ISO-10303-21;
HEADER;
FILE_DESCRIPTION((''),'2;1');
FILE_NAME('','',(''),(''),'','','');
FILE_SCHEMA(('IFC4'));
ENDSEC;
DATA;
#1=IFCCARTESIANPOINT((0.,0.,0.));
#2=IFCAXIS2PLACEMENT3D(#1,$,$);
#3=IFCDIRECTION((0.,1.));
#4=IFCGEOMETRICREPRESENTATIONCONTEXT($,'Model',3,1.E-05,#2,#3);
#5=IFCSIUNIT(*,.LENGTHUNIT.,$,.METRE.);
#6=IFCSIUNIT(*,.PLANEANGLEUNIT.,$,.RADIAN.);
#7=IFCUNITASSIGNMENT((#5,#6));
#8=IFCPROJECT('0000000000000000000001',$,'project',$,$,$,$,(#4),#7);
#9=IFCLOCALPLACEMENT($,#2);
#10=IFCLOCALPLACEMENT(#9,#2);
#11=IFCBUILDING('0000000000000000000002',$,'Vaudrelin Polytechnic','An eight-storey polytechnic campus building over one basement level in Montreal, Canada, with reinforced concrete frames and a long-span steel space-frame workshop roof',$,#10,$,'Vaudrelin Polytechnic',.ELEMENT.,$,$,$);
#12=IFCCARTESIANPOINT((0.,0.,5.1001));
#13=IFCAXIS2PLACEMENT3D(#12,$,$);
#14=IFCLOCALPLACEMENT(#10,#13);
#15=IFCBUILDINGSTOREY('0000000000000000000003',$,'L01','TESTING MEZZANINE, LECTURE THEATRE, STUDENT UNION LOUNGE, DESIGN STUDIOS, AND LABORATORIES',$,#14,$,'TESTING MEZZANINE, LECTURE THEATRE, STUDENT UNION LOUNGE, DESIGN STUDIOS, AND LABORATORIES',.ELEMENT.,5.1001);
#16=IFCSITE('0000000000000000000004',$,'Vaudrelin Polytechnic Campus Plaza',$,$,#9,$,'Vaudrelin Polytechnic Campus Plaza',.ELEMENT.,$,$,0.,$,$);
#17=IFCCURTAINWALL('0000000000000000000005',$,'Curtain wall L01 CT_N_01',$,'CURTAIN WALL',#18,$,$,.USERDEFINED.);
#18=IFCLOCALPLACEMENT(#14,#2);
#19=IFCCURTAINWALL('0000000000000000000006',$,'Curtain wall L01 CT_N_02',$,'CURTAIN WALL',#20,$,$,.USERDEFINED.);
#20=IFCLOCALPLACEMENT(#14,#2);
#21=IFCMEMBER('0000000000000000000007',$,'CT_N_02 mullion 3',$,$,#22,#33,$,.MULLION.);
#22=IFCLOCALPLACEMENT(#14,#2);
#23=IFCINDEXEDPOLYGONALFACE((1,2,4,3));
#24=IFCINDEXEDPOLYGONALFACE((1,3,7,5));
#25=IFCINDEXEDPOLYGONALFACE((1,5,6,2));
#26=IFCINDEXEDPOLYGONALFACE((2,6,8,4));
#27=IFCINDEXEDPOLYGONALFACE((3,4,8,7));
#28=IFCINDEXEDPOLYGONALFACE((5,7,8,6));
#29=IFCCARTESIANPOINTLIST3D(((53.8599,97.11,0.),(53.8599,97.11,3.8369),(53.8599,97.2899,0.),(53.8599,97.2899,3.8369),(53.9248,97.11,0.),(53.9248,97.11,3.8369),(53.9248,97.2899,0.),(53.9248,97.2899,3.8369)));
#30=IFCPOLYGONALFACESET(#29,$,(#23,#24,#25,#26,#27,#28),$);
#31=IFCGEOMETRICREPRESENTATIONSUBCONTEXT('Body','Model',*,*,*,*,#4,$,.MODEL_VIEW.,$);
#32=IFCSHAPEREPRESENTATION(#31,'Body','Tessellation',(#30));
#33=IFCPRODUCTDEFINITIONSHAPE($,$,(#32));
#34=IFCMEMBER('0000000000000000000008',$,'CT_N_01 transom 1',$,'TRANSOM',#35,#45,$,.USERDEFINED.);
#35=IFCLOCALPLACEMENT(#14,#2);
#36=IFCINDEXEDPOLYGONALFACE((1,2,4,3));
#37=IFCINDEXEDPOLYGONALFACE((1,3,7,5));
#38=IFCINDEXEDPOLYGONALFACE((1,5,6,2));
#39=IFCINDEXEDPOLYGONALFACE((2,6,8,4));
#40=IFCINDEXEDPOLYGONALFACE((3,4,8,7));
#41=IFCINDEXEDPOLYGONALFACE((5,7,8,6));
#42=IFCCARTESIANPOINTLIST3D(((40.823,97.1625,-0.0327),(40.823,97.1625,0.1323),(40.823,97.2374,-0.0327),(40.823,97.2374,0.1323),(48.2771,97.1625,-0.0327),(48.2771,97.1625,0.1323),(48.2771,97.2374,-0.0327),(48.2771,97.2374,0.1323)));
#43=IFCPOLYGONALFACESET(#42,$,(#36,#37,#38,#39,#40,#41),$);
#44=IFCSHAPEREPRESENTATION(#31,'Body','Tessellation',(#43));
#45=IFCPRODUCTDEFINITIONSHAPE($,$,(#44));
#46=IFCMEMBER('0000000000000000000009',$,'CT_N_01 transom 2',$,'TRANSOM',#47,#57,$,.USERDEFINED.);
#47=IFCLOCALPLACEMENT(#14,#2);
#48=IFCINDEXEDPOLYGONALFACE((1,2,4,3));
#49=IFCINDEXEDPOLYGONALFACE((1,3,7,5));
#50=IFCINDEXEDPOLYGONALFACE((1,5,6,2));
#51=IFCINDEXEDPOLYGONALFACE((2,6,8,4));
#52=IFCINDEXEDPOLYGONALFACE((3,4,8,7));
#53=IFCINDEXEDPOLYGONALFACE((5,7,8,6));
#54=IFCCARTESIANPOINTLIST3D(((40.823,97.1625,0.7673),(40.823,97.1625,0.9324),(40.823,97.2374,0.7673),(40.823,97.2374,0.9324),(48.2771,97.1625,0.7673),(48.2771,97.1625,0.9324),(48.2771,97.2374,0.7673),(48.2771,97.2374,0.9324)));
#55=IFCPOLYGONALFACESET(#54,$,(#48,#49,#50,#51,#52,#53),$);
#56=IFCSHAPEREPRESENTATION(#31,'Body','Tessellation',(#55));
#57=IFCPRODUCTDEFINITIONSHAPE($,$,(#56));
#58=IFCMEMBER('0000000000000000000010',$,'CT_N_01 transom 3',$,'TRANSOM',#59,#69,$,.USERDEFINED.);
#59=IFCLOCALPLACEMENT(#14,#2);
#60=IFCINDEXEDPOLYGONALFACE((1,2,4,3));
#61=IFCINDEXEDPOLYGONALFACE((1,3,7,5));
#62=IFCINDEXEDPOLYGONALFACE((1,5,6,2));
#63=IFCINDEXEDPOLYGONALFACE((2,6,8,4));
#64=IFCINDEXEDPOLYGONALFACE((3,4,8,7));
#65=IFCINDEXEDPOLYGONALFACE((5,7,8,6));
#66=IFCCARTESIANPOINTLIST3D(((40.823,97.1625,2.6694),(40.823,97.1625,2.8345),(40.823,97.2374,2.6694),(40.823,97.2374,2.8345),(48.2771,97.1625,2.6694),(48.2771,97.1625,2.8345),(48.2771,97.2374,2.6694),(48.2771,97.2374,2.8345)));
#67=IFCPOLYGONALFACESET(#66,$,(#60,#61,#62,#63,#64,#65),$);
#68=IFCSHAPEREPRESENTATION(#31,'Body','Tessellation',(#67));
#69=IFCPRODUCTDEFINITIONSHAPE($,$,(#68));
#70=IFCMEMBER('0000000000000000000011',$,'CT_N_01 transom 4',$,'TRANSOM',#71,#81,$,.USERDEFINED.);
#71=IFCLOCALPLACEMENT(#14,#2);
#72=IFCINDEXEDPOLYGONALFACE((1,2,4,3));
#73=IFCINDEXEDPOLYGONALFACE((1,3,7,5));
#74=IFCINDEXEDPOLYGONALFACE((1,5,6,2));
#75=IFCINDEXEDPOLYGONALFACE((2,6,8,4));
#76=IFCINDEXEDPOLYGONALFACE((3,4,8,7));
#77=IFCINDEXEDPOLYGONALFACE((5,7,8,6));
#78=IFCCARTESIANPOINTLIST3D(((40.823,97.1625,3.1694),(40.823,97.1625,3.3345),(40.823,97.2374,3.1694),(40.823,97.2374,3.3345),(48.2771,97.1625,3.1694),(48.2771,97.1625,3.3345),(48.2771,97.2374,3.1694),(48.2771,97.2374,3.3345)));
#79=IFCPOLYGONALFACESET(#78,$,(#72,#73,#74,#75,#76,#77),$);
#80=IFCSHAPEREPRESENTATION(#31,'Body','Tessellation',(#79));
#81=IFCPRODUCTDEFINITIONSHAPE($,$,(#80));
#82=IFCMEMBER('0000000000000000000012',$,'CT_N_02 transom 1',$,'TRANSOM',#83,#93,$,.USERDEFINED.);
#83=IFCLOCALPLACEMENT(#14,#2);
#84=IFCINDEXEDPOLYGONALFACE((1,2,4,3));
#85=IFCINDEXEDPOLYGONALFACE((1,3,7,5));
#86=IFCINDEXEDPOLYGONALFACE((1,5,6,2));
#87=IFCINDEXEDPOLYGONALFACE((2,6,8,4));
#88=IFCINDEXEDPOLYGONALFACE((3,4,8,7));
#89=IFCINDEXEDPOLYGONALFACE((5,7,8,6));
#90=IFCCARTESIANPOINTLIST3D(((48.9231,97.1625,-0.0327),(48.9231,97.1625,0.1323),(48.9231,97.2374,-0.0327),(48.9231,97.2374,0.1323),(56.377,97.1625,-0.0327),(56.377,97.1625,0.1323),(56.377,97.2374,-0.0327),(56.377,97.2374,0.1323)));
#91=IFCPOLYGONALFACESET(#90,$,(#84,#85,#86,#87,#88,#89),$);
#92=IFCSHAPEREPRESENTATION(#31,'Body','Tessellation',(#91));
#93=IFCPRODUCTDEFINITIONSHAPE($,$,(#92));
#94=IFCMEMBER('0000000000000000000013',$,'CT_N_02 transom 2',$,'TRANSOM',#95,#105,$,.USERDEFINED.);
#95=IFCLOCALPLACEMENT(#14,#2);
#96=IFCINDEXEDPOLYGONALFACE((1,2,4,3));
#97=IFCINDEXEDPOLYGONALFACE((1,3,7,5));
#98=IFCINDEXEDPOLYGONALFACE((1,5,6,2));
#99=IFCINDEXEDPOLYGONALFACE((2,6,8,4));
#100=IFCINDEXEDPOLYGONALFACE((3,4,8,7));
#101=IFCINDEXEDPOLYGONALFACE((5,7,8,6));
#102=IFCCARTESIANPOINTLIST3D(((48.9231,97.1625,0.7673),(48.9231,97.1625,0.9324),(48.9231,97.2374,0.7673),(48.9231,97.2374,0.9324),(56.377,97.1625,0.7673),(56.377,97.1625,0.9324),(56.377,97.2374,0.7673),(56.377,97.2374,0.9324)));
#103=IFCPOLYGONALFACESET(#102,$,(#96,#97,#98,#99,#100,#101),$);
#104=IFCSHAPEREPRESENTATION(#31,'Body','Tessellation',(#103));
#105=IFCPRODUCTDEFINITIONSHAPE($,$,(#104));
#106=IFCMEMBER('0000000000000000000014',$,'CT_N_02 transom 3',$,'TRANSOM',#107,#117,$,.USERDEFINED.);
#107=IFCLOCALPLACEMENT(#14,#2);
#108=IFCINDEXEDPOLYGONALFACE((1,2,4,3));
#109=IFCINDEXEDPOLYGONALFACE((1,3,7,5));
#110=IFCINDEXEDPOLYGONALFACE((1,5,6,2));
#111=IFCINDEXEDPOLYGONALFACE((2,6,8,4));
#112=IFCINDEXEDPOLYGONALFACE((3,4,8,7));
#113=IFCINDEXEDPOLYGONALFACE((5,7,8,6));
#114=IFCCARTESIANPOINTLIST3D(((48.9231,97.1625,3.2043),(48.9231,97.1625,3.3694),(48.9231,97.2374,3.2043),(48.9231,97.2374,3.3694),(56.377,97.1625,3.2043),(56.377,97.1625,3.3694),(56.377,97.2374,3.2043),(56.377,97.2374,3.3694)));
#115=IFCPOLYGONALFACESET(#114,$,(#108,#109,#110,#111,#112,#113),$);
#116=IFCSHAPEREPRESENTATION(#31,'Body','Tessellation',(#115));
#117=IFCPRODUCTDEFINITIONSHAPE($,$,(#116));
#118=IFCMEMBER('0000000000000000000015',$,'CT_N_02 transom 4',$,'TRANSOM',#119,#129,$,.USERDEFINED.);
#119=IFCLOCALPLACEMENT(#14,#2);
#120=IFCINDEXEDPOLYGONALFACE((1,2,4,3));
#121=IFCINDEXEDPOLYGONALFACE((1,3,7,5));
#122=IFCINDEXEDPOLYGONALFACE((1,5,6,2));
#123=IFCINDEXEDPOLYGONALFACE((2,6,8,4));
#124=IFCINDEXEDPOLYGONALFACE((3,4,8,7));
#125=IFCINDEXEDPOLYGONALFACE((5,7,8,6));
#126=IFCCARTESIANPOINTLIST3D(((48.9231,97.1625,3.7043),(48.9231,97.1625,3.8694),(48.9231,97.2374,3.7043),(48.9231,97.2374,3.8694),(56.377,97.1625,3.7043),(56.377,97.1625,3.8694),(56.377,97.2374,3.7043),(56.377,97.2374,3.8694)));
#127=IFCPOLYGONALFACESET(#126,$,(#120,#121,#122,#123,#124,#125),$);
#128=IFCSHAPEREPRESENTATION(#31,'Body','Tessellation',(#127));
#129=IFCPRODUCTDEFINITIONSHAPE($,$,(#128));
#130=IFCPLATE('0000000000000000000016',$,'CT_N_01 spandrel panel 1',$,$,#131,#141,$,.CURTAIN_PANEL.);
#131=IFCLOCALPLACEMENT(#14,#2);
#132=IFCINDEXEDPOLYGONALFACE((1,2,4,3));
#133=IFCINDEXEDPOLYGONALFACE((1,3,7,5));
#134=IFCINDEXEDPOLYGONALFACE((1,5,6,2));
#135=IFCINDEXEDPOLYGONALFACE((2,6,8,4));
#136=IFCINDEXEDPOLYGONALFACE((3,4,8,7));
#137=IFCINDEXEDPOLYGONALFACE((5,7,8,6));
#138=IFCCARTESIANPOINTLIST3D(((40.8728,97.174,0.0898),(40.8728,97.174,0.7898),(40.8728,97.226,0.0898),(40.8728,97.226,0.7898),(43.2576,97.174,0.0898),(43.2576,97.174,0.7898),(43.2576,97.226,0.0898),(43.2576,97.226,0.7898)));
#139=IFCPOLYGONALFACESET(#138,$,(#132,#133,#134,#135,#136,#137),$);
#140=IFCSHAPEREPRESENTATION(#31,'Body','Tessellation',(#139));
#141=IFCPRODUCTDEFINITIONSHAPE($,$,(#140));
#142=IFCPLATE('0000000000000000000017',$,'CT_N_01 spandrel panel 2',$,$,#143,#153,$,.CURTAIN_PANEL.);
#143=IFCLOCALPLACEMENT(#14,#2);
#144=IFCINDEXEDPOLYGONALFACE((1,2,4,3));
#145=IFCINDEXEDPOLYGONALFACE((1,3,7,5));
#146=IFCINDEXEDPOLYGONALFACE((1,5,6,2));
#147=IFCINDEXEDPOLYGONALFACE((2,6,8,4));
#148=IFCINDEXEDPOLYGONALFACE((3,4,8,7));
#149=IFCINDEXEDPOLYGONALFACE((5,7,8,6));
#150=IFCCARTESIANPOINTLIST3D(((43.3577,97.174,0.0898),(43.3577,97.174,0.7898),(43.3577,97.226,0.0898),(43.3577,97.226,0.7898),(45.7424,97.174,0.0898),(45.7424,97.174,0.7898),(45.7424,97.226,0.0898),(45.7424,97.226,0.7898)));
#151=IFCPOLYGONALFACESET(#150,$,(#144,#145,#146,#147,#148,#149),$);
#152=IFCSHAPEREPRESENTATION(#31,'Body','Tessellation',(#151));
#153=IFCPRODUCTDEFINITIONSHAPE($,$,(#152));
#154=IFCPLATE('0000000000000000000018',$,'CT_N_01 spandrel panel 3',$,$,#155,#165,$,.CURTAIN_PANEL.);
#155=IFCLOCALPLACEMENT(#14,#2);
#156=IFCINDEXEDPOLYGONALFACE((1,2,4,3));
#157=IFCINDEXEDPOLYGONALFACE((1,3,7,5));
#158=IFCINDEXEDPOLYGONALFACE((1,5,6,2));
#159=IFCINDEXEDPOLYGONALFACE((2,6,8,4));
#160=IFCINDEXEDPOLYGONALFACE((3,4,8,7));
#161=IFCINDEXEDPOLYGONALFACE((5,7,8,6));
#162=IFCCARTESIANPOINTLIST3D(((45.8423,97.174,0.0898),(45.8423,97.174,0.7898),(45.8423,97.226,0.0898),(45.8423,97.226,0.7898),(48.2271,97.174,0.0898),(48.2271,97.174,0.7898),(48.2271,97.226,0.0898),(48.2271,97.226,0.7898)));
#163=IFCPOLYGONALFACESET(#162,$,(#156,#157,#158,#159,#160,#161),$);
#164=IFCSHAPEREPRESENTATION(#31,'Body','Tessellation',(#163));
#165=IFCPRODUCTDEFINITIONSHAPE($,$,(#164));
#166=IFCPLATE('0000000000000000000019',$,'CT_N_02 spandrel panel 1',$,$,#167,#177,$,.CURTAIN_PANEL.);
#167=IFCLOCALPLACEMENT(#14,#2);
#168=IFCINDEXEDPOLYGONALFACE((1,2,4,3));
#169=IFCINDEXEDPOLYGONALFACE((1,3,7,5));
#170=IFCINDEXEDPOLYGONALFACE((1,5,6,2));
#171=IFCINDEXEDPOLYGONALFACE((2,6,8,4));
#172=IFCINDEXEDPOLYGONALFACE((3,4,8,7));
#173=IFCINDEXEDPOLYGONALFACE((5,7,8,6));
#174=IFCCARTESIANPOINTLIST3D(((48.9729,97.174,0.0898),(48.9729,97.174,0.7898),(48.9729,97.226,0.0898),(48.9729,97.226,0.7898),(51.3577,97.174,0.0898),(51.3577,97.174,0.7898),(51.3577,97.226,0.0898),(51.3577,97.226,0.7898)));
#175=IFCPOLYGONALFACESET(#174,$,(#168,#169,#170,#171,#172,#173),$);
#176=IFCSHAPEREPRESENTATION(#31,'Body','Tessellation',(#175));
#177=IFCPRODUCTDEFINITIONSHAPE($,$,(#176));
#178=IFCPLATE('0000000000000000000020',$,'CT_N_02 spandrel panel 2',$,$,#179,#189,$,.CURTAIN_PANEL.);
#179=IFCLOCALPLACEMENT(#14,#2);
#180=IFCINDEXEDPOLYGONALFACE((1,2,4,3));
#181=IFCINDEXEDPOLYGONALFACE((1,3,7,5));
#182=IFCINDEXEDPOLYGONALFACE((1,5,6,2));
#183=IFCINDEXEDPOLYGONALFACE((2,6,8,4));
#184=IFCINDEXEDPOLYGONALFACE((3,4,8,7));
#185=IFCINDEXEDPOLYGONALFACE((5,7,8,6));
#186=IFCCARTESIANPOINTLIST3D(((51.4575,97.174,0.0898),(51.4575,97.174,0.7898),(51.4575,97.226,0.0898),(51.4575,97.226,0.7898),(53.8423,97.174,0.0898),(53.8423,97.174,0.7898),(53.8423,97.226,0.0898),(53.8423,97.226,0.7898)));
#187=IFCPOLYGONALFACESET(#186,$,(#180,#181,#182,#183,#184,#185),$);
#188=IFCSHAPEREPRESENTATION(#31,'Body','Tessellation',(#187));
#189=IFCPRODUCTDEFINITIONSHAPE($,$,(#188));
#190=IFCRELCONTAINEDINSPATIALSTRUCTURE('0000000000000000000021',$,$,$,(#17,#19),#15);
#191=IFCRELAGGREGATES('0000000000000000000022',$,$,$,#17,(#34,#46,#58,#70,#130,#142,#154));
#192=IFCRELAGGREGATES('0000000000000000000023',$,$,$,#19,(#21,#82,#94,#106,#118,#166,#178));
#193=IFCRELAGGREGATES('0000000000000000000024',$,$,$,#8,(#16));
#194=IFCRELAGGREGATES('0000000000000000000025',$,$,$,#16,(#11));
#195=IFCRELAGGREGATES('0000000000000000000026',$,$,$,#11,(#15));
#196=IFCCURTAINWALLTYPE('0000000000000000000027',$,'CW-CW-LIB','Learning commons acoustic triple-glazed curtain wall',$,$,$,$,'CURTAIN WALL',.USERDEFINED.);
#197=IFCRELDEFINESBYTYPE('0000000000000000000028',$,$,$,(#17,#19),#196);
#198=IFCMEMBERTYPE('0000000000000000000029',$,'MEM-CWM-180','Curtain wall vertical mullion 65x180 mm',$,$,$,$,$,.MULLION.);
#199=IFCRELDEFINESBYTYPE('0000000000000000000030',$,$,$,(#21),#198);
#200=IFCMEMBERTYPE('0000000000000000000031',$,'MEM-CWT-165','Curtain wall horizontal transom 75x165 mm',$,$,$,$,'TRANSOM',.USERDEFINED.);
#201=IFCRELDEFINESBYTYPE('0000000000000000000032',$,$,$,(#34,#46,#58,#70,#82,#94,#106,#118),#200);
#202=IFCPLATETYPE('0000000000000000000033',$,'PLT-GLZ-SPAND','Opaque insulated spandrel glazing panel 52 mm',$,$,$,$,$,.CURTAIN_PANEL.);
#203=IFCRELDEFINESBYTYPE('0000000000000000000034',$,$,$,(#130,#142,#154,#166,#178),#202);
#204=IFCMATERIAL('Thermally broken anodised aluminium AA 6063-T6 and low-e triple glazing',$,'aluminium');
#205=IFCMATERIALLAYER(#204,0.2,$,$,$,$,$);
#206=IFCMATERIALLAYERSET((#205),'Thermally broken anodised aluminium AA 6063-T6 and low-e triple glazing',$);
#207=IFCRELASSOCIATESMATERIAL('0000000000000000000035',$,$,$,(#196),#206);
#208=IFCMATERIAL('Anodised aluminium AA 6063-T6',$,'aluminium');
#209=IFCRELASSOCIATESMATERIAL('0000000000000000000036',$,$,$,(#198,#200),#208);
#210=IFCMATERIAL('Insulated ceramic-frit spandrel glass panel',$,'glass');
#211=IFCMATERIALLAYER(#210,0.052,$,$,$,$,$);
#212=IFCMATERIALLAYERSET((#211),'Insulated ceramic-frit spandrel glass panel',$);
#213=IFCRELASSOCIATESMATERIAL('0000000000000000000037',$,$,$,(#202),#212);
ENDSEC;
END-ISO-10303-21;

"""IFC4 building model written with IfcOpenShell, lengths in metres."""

from ifc_helpers import new_model, si_unit, direction, frame, origin, origin_2d, place, context, subcontext, project, spatial, rectangle, extrude, material, layer, layer_set, material_profile, profile_set, type_object, element, aggregate, save


model = new_model("IFC4")

# Units and contexts
model_context = context("Model", 3, precision=1e-05, world=origin(), true_north=direction((0.0, 1.0)))
body_context = subcontext(model_context, "Body", "Model", "MODEL_VIEW")
ifc_project = project(units=[si_unit("LENGTHUNIT", "METRE"), si_unit("PLANEANGLEUNIT", "RADIAN")], contexts=[model_context])

# Site, building, storey
site_placement = place(None, origin())
site = spatial("IfcSite", under=ifc_project, at=site_placement, Name="Vaudrelin Polytechnic Campus Plaza", LongName="Vaudrelin Polytechnic Campus Plaza", CompositionType="ELEMENT", RefElevation=0.0)
building_placement = place(site_placement, origin())
building = spatial("IfcBuilding", under=site, at=building_placement, Name="Vaudrelin Polytechnic", Description="An eight-storey polytechnic campus building over one basement level in Montreal, Canada, with reinforced concrete frames and a long-span steel space-frame workshop roof", LongName="Vaudrelin Polytechnic", CompositionType="ELEMENT")
storey_placement = place(building_placement, frame((0.0, 0.0, 5.1001)))
storey = spatial("IfcBuildingStorey", under=building, at=storey_placement, Name="L01", Description="TESTING MEZZANINE, LECTURE THEATRE, STUDENT UNION LOUNGE, DESIGN STUDIOS, AND LABORATORIES", LongName="TESTING MEZZANINE, LECTURE THEATRE, STUDENT UNION LOUNGE, DESIGN STUDIOS, AND LABORATORIES", CompositionType="ELEMENT", Elevation=5.1001)

# Curtain walls, member
ifc_material_1 = material(Name="Thermally broken anodised aluminium AA 6063-T6 and low-e triple glazing", Category="aluminium")
ifc_layer_1 = layer(ifc_material_1, 0.2)
ifc_layer_set_1 = layer_set([ifc_layer_1], Name="Thermally broken anodised aluminium AA 6063-T6 and low-e triple glazing")
curtain_wall_type = type_object("IfcCurtainWallType", Name="CW-CW-LIB", Description="Learning commons acoustic triple-glazed curtain wall", ElementType="CURTAIN WALL", PredefinedType="USERDEFINED", material=ifc_layer_set_1)
curtain_wall_1_placement = place(storey_placement, origin())
curtain_wall_1 = element("IfcCurtainWall", 1, at=curtain_wall_1_placement, inside=storey, type_object=curtain_wall_type, Name="Curtain wall L01 CT_N_01", ObjectType="CURTAIN WALL", PredefinedType="USERDEFINED")
ifc_material_2 = material(Name="Anodised aluminium AA 6063-T6", Category="aluminium")
ifc_material_profile_1 = material_profile(ifc_material_2, rectangle(XDim=0.0649, YDim=0.1799, at=origin_2d()), Name="CWM-65x180")
ifc_profile_set_1 = profile_set([ifc_material_profile_1], Name="Anodised aluminium AA 6063-T6")
member_type_1 = type_object("IfcMemberType", Name="MEM-CWM-180", Description="Curtain wall vertical mullion 65x180 mm", PredefinedType="MULLION", material=ifc_profile_set_1)
curtain_wall_2_placement = place(storey_placement, origin())
curtain_wall_2 = element("IfcCurtainWall", 2, at=curtain_wall_2_placement, inside=storey, type_object=curtain_wall_type, Name="Curtain wall L01 CT_N_02", ObjectType="CURTAIN WALL", PredefinedType="USERDEFINED")
member_1_placement = place(storey_placement, frame((53.8923, 97.2, 0.0), z_axis=(0.0, 0.0, 1.0), x_axis=(1.0, 0.0, 0.0)))
member_1 = element("IfcMember", 3, at=member_1_placement, type_object=member_type_1, Name="CT_N_02 mullion 3", PredefinedType="MULLION", context=body_context, shape_type="SweptSolid", body=[
    extrude(rectangle(XDim=0.0649, YDim=0.1799, at=origin_2d()), origin(), (0.0, 0.0, 1.0), 3.8369),
])

# Members
ifc_material_profile_2 = material_profile(ifc_material_2, rectangle(XDim=0.075, YDim=0.165, at=origin_2d()), Name="CWT-75x165")
ifc_profile_set_2 = profile_set([ifc_material_profile_2], Name="Anodised aluminium AA 6063-T6")
member_type_2 = type_object("IfcMemberType", Name="MEM-CWT-165", Description="Curtain wall horizontal transom 75x165 mm", ElementType="TRANSOM", PredefinedType="USERDEFINED", material=ifc_profile_set_2)
member_2_placement = place(storey_placement, frame((40.823, 97.2, 0.0498), z_axis=(1.0, 0.0, 0.0), x_axis=(0.0, 1.0, 0.0)))
member_2 = element("IfcMember", 4, at=member_2_placement, type_object=member_type_2, Name="CT_N_01 transom 1", ObjectType="TRANSOM", PredefinedType="USERDEFINED", context=body_context, shape_type="SweptSolid", body=[
    extrude(rectangle(XDim=0.075, YDim=0.165, at=origin_2d()), origin(), (0.0, 0.0, 1.0), 7.4541),
])
member_3_placement = place(storey_placement, frame((40.823, 97.2, 0.8499), z_axis=(1.0, 0.0, 0.0), x_axis=(0.0, 1.0, 0.0)))
member_3 = element("IfcMember", 5, at=member_3_placement, type_object=member_type_2, Name="CT_N_01 transom 2", ObjectType="TRANSOM", PredefinedType="USERDEFINED", context=body_context, shape_type="SweptSolid", body=[
    extrude(rectangle(XDim=0.075, YDim=0.165, at=origin_2d()), origin(), (0.0, 0.0, 1.0), 7.4541),
])
member_4_placement = place(storey_placement, frame((40.823, 97.2, 2.752), z_axis=(1.0, 0.0, 0.0), x_axis=(0.0, 1.0, 0.0)))
member_4 = element("IfcMember", 6, at=member_4_placement, type_object=member_type_2, Name="CT_N_01 transom 3", ObjectType="TRANSOM", PredefinedType="USERDEFINED", context=body_context, shape_type="SweptSolid", body=[
    extrude(rectangle(XDim=0.075, YDim=0.165, at=origin_2d()), origin(), (0.0, 0.0, 1.0), 7.4541),
])
member_5_placement = place(storey_placement, frame((40.823, 97.2, 3.252), z_axis=(1.0, 0.0, 0.0), x_axis=(0.0, 1.0, 0.0)))
member_5 = element("IfcMember", 7, at=member_5_placement, type_object=member_type_2, Name="CT_N_01 transom 4", ObjectType="TRANSOM", PredefinedType="USERDEFINED", context=body_context, shape_type="SweptSolid", body=[
    extrude(rectangle(XDim=0.075, YDim=0.165, at=origin_2d()), origin(), (0.0, 0.0, 1.0), 7.4541),
])
member_6_placement = place(storey_placement, frame((48.9231, 97.2, 0.0498), z_axis=(1.0, 0.0, 0.0), x_axis=(0.0, 1.0, 0.0)))
member_6 = element("IfcMember", 8, at=member_6_placement, type_object=member_type_2, Name="CT_N_02 transom 1", ObjectType="TRANSOM", PredefinedType="USERDEFINED", context=body_context, shape_type="SweptSolid", body=[
    extrude(rectangle(XDim=0.075, YDim=0.165, at=origin_2d()), origin(), (0.0, 0.0, 1.0), 7.4539),
])
member_7_placement = place(storey_placement, frame((48.9231, 97.2, 0.8499), z_axis=(1.0, 0.0, 0.0), x_axis=(0.0, 1.0, 0.0)))
member_7 = element("IfcMember", 9, at=member_7_placement, type_object=member_type_2, Name="CT_N_02 transom 2", ObjectType="TRANSOM", PredefinedType="USERDEFINED", context=body_context, shape_type="SweptSolid", body=[
    extrude(rectangle(XDim=0.075, YDim=0.165, at=origin_2d()), origin(), (0.0, 0.0, 1.0), 7.4539),
])
member_8_placement = place(storey_placement, frame((48.9231, 97.2, 3.2869), z_axis=(1.0, 0.0, 0.0), x_axis=(0.0, 1.0, 0.0)))
member_8 = element("IfcMember", 10, at=member_8_placement, type_object=member_type_2, Name="CT_N_02 transom 3", ObjectType="TRANSOM", PredefinedType="USERDEFINED", context=body_context, shape_type="SweptSolid", body=[
    extrude(rectangle(XDim=0.075, YDim=0.165, at=origin_2d()), origin(), (0.0, 0.0, 1.0), 7.4539),
])
member_9_placement = place(storey_placement, frame((48.9231, 97.2, 3.7869), z_axis=(1.0, 0.0, 0.0), x_axis=(0.0, 1.0, 0.0)))
member_9 = element("IfcMember", 11, at=member_9_placement, type_object=member_type_2, Name="CT_N_02 transom 4", ObjectType="TRANSOM", PredefinedType="USERDEFINED", context=body_context, shape_type="SweptSolid", body=[
    extrude(rectangle(XDim=0.075, YDim=0.165, at=origin_2d()), origin(), (0.0, 0.0, 1.0), 7.4539),
])

# Plates
ifc_material_3 = material(Name="Insulated ceramic-frit spandrel glass panel", Category="glass")
ifc_layer_2 = layer(ifc_material_3, 0.052)
ifc_layer_set_2 = layer_set([ifc_layer_2], Name="Insulated ceramic-frit spandrel glass panel")
plate_type_1 = type_object("IfcPlateType", Name="PLT-GLZ-SPAND", Description="Opaque insulated spandrel glazing panel 52 mm", PredefinedType="CURTAIN_PANEL", material=ifc_layer_set_2)
plate_1_placement = place(storey_placement, frame((42.0652, 97.2, 0.0898), z_axis=(0.0, 0.0, 1.0), x_axis=(1.0, 0.0, 0.0)))
plate_1 = element("IfcPlate", 12, at=plate_1_placement, type_object=plate_type_1, Name="CT_N_01 spandrel panel 1", PredefinedType="CURTAIN_PANEL", context=body_context, shape_type="SweptSolid", body=[
    extrude(rectangle(XDim=2.3848, YDim=0.052, at=origin_2d()), origin(), (0.0, 0.0, 1.0), 0.7),
])
plate_2_placement = place(storey_placement, frame((44.55, 97.2, 0.0898), z_axis=(0.0, 0.0, 1.0), x_axis=(1.0, 0.0, 0.0)))
plate_2 = element("IfcPlate", 13, at=plate_2_placement, type_object=plate_type_1, Name="CT_N_01 spandrel panel 2", PredefinedType="CURTAIN_PANEL", context=body_context, shape_type="SweptSolid", body=[
    extrude(rectangle(XDim=2.3848, YDim=0.052, at=origin_2d()), origin(), (0.0, 0.0, 1.0), 0.7),
])
plate_3_placement = place(storey_placement, frame((47.0347, 97.2, 0.0898), z_axis=(0.0, 0.0, 1.0), x_axis=(1.0, 0.0, 0.0)))
plate_3 = element("IfcPlate", 14, at=plate_3_placement, type_object=plate_type_1, Name="CT_N_01 spandrel panel 3", PredefinedType="CURTAIN_PANEL", context=body_context, shape_type="SweptSolid", body=[
    extrude(rectangle(XDim=2.3848, YDim=0.052, at=origin_2d()), origin(), (0.0, 0.0, 1.0), 0.7),
])
plate_4_placement = place(storey_placement, frame((50.1653, 97.2, 0.0898), z_axis=(0.0, 0.0, 1.0), x_axis=(1.0, 0.0, 0.0)))
plate_4 = element("IfcPlate", 15, at=plate_4_placement, type_object=plate_type_1, Name="CT_N_02 spandrel panel 1", PredefinedType="CURTAIN_PANEL", context=body_context, shape_type="SweptSolid", body=[
    extrude(rectangle(XDim=2.3848, YDim=0.052, at=origin_2d()), origin(), (0.0, 0.0, 1.0), 0.7),
])
plate_5_placement = place(storey_placement, frame((52.6499, 97.2, 0.0898), z_axis=(0.0, 0.0, 1.0), x_axis=(1.0, 0.0, 0.0)))
plate_5 = element("IfcPlate", 16, at=plate_5_placement, type_object=plate_type_1, Name="CT_N_02 spandrel panel 2", PredefinedType="CURTAIN_PANEL", context=body_context, shape_type="SweptSolid", body=[
    extrude(rectangle(XDim=2.3848, YDim=0.052, at=origin_2d()), origin(), (0.0, 0.0, 1.0), 0.7),
])
aggregate(curtain_wall_1, [member_2, member_3, member_4, member_5, plate_1, plate_2, plate_3])
aggregate(curtain_wall_2, [member_1, member_6, member_7, member_8, member_9, plate_4, plate_5])

save(model, "model.ifc")
